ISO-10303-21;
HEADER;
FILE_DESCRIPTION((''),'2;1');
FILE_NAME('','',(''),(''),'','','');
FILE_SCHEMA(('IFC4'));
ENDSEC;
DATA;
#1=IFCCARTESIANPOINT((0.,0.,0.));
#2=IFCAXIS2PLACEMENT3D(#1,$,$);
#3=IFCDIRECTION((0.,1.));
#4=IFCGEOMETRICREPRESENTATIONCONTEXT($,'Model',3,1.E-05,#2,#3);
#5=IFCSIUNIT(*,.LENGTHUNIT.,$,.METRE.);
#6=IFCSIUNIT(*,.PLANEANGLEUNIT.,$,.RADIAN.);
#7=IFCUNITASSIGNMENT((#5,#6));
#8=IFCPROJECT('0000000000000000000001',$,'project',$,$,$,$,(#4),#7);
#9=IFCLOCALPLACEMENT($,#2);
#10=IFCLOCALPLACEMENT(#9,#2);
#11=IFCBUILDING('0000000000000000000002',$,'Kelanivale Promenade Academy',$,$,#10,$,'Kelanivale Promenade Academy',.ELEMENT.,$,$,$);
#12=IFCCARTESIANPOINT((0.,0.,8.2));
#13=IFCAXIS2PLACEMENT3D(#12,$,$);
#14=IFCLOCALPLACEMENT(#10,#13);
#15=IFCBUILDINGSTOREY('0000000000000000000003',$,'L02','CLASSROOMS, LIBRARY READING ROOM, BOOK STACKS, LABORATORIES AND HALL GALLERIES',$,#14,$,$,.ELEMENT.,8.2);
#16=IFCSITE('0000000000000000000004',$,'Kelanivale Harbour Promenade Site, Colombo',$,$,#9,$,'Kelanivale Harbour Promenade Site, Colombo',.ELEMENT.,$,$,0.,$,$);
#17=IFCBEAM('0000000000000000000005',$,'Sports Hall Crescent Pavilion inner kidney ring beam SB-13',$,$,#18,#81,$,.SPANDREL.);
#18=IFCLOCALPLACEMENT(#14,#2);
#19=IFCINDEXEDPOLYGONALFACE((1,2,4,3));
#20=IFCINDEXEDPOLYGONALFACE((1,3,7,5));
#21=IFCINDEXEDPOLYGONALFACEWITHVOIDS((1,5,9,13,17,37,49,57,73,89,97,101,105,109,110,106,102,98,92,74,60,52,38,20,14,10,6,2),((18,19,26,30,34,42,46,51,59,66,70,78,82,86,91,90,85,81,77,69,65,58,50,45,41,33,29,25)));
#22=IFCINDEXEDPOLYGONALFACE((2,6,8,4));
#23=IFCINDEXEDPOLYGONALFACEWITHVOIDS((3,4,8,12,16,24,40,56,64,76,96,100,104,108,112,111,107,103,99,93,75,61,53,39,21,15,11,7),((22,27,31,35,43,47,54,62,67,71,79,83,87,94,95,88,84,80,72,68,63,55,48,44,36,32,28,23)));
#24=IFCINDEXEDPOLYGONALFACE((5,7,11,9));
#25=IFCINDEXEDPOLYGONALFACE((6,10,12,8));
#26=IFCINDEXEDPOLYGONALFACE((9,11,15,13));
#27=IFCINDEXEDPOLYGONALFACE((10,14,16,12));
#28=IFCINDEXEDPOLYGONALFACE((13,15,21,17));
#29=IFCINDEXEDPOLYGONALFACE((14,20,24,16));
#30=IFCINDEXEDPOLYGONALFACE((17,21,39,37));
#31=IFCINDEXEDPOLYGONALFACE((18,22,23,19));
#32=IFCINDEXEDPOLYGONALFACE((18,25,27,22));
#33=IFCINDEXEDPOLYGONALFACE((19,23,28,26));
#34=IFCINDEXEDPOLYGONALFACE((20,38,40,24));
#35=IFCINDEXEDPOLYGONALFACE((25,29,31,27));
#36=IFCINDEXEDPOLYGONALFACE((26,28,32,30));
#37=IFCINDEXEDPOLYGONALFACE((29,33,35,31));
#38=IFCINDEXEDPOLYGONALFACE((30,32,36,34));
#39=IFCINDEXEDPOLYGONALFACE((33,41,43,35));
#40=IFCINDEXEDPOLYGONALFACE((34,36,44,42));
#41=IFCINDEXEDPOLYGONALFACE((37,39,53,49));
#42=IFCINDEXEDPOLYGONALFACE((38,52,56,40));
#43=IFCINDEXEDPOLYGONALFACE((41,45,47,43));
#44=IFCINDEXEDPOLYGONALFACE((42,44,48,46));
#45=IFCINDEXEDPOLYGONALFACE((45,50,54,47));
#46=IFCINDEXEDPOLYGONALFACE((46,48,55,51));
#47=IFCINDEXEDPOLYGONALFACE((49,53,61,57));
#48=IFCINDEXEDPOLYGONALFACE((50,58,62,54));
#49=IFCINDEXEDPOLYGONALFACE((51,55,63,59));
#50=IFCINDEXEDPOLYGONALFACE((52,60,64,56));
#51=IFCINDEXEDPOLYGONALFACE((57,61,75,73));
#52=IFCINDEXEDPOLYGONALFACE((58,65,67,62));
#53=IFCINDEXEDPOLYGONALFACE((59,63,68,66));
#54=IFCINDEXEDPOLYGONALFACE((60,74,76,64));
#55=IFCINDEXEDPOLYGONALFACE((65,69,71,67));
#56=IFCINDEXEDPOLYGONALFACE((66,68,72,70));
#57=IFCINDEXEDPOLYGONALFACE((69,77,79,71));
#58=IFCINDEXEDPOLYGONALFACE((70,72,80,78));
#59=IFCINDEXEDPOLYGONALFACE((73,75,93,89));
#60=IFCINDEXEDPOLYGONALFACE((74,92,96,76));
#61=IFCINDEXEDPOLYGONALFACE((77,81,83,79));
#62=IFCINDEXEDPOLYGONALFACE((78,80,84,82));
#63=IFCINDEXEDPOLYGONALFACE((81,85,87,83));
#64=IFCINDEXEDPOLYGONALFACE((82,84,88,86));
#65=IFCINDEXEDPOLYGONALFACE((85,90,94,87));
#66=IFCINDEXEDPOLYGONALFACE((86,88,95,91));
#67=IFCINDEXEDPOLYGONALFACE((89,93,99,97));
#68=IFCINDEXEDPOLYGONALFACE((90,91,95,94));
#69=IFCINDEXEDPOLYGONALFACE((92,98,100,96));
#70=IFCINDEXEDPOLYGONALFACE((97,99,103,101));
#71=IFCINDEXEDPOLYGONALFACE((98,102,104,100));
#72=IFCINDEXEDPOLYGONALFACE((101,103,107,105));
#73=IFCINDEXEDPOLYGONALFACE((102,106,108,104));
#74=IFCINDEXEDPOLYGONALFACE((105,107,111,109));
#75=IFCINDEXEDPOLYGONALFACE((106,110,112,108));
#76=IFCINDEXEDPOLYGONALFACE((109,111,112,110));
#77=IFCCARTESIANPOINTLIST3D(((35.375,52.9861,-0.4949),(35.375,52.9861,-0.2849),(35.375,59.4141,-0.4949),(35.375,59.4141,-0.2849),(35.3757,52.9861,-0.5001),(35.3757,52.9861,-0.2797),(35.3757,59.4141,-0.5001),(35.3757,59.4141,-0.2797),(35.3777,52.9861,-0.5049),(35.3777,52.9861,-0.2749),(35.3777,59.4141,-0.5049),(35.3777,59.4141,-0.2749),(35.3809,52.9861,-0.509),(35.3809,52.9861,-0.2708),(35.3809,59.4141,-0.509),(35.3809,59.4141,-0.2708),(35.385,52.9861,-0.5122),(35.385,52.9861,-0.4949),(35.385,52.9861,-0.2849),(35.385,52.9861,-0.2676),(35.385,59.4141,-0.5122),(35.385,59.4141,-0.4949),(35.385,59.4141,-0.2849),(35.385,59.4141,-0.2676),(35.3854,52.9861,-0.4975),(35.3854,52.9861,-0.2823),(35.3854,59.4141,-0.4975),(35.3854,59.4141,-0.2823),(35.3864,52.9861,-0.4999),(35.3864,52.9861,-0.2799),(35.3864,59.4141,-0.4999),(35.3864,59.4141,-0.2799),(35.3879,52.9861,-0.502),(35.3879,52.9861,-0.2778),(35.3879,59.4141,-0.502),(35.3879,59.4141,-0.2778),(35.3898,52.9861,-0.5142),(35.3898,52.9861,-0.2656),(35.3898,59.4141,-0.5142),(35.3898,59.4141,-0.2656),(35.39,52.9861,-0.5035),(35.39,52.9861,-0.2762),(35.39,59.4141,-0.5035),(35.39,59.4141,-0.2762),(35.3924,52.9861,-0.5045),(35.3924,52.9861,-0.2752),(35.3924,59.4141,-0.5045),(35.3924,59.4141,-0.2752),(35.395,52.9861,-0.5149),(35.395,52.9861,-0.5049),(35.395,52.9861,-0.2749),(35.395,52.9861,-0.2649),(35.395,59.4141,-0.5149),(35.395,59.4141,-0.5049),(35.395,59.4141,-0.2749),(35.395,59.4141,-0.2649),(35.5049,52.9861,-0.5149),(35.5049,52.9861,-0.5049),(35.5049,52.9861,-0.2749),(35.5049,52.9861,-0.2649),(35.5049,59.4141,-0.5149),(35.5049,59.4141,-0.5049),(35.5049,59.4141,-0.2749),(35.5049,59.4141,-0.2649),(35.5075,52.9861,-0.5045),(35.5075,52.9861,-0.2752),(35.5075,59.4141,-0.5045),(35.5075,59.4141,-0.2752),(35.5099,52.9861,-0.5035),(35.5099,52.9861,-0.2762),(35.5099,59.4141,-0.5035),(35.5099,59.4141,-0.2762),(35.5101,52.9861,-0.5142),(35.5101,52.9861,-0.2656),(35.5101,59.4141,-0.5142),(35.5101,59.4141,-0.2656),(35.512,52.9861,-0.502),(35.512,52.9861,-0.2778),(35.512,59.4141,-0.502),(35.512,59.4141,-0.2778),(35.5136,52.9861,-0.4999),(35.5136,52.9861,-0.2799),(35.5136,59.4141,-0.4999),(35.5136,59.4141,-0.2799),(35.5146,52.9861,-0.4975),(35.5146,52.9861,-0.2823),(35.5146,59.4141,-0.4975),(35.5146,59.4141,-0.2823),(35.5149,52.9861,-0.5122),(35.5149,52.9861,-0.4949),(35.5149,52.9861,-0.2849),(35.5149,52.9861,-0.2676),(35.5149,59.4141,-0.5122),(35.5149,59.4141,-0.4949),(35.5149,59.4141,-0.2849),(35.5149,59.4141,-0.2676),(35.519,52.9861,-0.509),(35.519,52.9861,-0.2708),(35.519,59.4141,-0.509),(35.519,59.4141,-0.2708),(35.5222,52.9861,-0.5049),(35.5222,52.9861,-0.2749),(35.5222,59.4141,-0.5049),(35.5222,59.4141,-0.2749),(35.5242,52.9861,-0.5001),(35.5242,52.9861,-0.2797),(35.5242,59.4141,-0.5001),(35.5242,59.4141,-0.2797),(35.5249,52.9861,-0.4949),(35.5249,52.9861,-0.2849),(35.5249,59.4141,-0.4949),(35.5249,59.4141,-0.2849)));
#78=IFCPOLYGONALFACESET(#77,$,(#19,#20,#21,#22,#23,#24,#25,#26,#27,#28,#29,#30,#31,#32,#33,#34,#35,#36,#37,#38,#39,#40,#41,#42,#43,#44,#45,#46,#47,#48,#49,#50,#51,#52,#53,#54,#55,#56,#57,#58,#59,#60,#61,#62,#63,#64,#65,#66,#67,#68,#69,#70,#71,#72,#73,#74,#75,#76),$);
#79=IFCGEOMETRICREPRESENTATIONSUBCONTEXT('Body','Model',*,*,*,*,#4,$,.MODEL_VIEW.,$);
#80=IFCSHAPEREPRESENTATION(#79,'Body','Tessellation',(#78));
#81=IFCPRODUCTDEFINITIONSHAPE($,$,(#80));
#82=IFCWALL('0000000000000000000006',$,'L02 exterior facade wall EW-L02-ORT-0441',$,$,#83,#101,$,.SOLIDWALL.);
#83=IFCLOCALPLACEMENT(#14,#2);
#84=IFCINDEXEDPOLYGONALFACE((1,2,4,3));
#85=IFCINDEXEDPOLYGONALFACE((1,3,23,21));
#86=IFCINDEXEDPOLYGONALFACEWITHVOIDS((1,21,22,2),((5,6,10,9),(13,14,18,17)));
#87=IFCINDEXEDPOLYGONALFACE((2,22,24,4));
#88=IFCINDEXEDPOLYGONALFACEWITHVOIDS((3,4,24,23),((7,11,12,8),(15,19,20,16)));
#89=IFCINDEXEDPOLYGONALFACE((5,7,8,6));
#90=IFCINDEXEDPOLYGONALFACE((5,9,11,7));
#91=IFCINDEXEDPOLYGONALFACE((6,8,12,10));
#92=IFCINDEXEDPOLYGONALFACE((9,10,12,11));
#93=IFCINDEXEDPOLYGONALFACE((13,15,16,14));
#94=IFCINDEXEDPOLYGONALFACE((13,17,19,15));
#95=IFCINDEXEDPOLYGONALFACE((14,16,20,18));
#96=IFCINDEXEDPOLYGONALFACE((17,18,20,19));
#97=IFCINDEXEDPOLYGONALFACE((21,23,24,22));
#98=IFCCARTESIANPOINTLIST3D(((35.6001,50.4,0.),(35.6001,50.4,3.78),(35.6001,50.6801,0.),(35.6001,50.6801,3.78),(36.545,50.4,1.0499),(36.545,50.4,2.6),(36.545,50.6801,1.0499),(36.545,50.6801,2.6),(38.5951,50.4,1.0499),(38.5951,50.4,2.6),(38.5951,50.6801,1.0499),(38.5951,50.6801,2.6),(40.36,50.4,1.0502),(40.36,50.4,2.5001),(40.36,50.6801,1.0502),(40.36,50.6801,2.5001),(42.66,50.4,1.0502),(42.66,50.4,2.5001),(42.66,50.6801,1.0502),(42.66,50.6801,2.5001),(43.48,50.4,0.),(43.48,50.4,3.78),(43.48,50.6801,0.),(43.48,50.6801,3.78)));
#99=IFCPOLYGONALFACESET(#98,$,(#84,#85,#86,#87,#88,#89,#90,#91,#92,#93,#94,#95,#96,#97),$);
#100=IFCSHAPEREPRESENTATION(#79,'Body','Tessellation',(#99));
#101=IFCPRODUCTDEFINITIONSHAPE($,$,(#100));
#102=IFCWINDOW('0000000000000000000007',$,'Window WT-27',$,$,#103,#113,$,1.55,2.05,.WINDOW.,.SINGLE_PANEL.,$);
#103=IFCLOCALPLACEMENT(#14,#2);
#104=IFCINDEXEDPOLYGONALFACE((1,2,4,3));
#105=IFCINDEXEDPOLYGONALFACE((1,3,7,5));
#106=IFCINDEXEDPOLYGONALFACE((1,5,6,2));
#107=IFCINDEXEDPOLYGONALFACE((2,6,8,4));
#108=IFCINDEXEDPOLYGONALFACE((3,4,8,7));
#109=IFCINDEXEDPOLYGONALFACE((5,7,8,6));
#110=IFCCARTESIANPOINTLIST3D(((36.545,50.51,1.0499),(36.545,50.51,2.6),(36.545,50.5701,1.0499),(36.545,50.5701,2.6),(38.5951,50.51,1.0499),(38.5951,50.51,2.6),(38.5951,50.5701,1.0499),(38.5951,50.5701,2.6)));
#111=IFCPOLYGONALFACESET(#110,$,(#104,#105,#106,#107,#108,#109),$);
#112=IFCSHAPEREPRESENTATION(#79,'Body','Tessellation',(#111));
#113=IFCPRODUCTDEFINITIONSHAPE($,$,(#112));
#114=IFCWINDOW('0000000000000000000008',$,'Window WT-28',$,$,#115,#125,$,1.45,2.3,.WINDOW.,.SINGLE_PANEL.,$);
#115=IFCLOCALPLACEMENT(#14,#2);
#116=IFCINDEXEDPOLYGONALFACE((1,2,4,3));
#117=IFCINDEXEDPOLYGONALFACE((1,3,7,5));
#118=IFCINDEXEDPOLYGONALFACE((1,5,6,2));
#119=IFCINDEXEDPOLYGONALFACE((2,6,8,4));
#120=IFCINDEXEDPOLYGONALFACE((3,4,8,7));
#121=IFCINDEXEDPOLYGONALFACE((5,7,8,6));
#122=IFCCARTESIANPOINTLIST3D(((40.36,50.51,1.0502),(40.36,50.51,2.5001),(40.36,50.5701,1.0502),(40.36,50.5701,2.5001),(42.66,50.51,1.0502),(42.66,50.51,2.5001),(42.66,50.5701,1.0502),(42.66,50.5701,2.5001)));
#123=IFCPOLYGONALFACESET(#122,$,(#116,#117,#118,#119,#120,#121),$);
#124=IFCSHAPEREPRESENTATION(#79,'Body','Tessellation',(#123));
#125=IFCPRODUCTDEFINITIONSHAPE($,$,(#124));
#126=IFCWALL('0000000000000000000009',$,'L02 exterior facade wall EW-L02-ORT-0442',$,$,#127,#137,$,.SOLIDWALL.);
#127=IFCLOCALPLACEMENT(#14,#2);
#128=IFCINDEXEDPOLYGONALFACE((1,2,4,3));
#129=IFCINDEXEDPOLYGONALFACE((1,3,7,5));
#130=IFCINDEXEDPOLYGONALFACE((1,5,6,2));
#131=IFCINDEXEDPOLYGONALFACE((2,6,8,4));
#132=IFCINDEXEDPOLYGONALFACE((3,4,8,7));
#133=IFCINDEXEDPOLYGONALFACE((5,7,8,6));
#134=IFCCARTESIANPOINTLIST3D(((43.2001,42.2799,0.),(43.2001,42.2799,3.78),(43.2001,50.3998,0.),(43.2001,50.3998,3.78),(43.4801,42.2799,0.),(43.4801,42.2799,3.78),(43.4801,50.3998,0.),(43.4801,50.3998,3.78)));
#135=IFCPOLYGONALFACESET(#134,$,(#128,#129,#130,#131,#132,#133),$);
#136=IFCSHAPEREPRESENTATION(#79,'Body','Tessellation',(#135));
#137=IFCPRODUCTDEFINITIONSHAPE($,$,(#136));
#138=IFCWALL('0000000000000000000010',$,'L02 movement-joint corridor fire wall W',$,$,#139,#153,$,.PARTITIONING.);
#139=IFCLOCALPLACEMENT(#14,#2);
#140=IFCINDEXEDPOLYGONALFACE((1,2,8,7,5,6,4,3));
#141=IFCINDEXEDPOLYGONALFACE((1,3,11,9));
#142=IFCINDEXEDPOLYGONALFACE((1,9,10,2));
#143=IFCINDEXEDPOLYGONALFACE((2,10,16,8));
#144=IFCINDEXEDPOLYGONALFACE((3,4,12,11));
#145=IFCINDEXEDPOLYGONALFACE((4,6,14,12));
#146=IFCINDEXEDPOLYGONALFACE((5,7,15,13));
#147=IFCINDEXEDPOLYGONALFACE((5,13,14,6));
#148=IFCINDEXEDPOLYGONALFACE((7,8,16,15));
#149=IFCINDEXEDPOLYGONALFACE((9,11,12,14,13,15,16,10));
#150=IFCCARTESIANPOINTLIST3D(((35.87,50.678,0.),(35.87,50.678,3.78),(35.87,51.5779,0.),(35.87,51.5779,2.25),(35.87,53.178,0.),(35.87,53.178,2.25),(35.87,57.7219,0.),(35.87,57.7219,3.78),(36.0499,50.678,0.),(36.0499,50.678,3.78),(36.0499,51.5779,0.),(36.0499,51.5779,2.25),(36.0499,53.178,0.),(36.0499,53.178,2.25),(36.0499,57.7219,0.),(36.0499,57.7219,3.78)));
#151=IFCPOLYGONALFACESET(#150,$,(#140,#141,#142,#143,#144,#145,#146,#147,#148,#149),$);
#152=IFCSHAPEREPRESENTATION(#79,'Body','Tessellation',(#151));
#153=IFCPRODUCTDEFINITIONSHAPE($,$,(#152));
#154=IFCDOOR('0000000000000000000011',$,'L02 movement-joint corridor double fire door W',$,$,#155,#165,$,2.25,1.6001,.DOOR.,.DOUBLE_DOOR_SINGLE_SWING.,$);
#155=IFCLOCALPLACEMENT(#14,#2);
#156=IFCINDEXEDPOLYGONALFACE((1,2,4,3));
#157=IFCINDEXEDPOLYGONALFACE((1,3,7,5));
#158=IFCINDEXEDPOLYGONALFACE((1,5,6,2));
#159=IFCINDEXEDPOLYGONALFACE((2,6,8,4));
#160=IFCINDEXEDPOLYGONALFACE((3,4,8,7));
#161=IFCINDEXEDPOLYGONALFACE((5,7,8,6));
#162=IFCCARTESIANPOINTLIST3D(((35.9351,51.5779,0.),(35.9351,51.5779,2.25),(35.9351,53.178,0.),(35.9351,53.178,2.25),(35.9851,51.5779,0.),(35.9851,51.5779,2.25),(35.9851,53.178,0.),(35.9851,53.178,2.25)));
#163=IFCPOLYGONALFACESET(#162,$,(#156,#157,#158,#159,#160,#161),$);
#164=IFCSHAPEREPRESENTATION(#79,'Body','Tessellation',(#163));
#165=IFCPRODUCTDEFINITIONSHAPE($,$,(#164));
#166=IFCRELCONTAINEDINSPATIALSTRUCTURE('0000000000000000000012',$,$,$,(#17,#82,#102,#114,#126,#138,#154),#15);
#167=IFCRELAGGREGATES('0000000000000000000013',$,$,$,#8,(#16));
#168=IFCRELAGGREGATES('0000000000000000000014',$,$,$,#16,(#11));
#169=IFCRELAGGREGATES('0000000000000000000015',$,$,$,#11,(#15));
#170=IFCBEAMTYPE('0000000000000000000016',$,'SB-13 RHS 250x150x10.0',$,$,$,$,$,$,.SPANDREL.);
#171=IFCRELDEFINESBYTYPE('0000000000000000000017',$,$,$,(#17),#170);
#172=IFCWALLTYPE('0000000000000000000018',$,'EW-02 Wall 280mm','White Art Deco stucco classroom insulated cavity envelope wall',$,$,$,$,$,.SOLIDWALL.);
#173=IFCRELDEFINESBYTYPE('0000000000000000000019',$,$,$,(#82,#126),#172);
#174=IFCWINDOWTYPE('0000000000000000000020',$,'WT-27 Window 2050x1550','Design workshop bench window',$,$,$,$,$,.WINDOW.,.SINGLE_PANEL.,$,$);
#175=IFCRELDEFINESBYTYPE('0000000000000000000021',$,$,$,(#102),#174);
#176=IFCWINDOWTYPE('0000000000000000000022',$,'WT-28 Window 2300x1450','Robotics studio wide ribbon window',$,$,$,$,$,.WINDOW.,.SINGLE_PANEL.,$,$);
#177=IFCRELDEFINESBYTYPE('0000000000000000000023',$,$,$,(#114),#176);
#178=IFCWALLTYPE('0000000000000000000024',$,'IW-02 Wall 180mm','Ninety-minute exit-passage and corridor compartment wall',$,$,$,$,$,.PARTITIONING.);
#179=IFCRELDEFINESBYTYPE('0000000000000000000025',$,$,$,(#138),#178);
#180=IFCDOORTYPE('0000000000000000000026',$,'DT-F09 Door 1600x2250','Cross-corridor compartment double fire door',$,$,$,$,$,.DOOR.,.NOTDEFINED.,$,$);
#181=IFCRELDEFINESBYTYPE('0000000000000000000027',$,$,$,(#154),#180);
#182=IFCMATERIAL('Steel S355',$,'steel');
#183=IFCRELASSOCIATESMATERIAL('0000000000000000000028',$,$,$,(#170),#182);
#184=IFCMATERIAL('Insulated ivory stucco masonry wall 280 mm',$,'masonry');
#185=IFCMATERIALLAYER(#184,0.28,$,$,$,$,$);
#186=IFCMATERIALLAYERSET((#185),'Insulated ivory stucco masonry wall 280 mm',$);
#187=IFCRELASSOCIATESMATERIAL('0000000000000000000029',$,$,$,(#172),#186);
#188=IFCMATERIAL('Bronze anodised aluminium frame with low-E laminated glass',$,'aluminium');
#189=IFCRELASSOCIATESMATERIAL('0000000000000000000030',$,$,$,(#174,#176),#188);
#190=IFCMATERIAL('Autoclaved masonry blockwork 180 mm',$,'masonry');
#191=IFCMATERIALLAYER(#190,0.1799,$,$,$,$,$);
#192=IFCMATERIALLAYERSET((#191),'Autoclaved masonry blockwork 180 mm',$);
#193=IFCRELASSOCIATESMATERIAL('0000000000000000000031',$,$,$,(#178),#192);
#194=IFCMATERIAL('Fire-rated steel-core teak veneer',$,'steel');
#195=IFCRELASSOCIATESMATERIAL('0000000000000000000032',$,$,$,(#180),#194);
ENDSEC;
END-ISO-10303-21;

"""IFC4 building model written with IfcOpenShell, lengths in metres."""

from ifc_helpers import new_model, si_unit, direction, frame, frame_2d, origin, origin_2d, place, context, subcontext, project, spatial, rectangle, hollow_rectangle, extrude, material, layer, layer_set, material_profile, profile_set, type_object, element, fill, save


model = new_model("IFC4")

# Units and contexts
model_context = context("Model", 3, precision=1e-05, world=origin(), true_north=direction((0.0, 1.0)))
body_context = subcontext(model_context, "Body", "Model", "MODEL_VIEW")
ifc_project = project(units=[si_unit("LENGTHUNIT", "METRE"), si_unit("PLANEANGLEUNIT", "RADIAN")], contexts=[model_context])

# Site, building, storey
site_placement = place(None, origin())
site = spatial("IfcSite", under=ifc_project, at=site_placement, Name="Kelanivale Harbour Promenade Site, Colombo", LongName="Kelanivale Harbour Promenade Site, Colombo", CompositionType="ELEMENT", RefElevation=0.0)
building_placement = place(site_placement, origin())
building = spatial("IfcBuilding", under=site, at=building_placement, Name="Kelanivale Promenade Academy", LongName="Kelanivale Promenade Academy", CompositionType="ELEMENT")
storey_placement = place(building_placement, frame((0.0, 0.0, 8.2)))
storey = spatial("IfcBuildingStorey", under=building, at=storey_placement, Name="L02", Description="CLASSROOMS, LIBRARY READING ROOM, BOOK STACKS, LABORATORIES AND HALL GALLERIES", CompositionType="ELEMENT", Elevation=8.2)

# Shared definitions
ifc_material_1 = material(Name="Steel S355", Category="steel")

# Beam
ifc_material_profile_1 = material_profile(ifc_material_1, hollow_rectangle(XDim=0.1499, YDim=0.25, WallThickness=0.01, InnerFilletRadius=0.01, OuterFilletRadius=0.02, at=origin_2d()), Name="RHS 250x150x10.0")
ifc_profile_set_1 = profile_set([ifc_material_profile_1], Name="Steel S355")
beam_type_1 = type_object("IfcBeamType", Name="SB-13 RHS 250x150x10.0", PredefinedType="SPANDREL", material=ifc_profile_set_1)
beam_1_placement = place(storey_placement, frame((35.45, 52.9861, -0.3899), z_axis=(0.0, 1.0, 0.0), x_axis=(-1.0, 0.0, 0.0)))
element("IfcBeam", 1, at=beam_1_placement, inside=storey, type_object=beam_type_1, Name="Sports Hall Crescent Pavilion inner kidney ring beam SB-13", PredefinedType="SPANDREL", context=body_context, shape_type="SweptSolid", body=[
    extrude(hollow_rectangle(XDim=0.1499, YDim=0.25, WallThickness=0.01, InnerFilletRadius=0.01, OuterFilletRadius=0.02, at=origin_2d()), origin(), (0.0, 0.0, 1.0), 6.428),
])

# Shared definitions
ifc_material_2 = material(Name="Fire-rated steel-core teak veneer", Category="steel")

# Wall, openings, windows
ifc_material_3 = material(Name="Insulated ivory stucco masonry wall 280 mm", Category="masonry")
ifc_layer_1 = layer(ifc_material_3, 0.28)
ifc_layer_set_1 = layer_set([ifc_layer_1], Name="Insulated ivory stucco masonry wall 280 mm")
wall_type_1 = type_object("IfcWallType", Name="EW-02 Wall 280mm", Description="White Art Deco stucco classroom insulated cavity envelope wall", PredefinedType="SOLIDWALL", material=ifc_layer_set_1)
wall_1_placement = place(storey_placement, frame((35.6001, 50.54, 0.0), z_axis=(0.0, 0.0, 1.0), x_axis=(1.0, 0.0, 0.0)))
wall_1 = element("IfcWall", 2, at=wall_1_placement, inside=storey, type_object=wall_type_1, Name="L02 exterior facade wall EW-L02-ORT-0441", PredefinedType="SOLIDWALL", context=body_context, shape_type="SweptSolid", body=[
    extrude(rectangle(XDim=7.8799, YDim=0.28, at=frame_2d((3.9399, 0.0))), origin(), (0.0, 0.0, 1.0), 3.78),
])
opening_1_placement = place(wall_1_placement, frame((0.9451, 0.0, 1.05)))
opening_1 = element("IfcOpeningElement", 3, at=opening_1_placement, cuts=wall_1, PredefinedType="OPENING", context=body_context, shape_type="SweptSolid", body=[
    extrude(rectangle(XDim=2.05, YDim=1.55, at=frame_2d((1.0249, 0.7749))), frame((0.0, 0.1499, 0.0), z_axis=(0.0, -1.0, 0.0), x_axis=(1.0, 0.0, 0.0)), (0.0, 0.0, 1.0), 0.3),
])
opening_2_placement = place(wall_1_placement, frame((4.76, 0.0, 1.05)))
opening_2 = element("IfcOpeningElement", 4, at=opening_2_placement, cuts=wall_1, PredefinedType="OPENING", context=body_context, shape_type="SweptSolid", body=[
    extrude(rectangle(XDim=2.3, YDim=1.45, at=frame_2d((1.1499, 0.7251))), frame((0.0, 0.1499, 0.0), z_axis=(0.0, -1.0, 0.0), x_axis=(1.0, 0.0, 0.0)), (0.0, 0.0, 1.0), 0.3),
])
ifc_material_4 = material(Name="Bronze anodised aluminium frame with low-E laminated glass", Category="aluminium")
window_type_1 = type_object("IfcWindowType", Name="WT-27 Window 2050x1550", Description="Design workshop bench window", PartitioningType="SINGLE_PANEL", PredefinedType="WINDOW", material=ifc_material_4)
window_1_placement = place(opening_1_placement, origin())
window_1 = element("IfcWindow", 5, at=window_1_placement, inside=storey, type_object=window_type_1, Name="Window WT-27", OverallHeight=1.55, OverallWidth=2.05, PartitioningType="SINGLE_PANEL", PredefinedType="WINDOW", context=body_context, shape_type="SweptSolid", body=[
    extrude(rectangle(XDim=2.05, YDim=1.55, at=frame_2d((1.0249, 0.7749))), frame((0.0, 0.03, 0.0), z_axis=(0.0, -1.0, 0.0), x_axis=(1.0, 0.0, 0.0)), (0.0, 0.0, 1.0), 0.0601),
])
fill(opening_1, window_1)
window_type_2 = type_object("IfcWindowType", Name="WT-28 Window 2300x1450", Description="Robotics studio wide ribbon window", PartitioningType="SINGLE_PANEL", PredefinedType="WINDOW", material=ifc_material_4)
window_2_placement = place(opening_2_placement, origin())
window_2 = element("IfcWindow", 6, at=window_2_placement, inside=storey, type_object=window_type_2, Name="Window WT-28", OverallHeight=1.45, OverallWidth=2.3, PartitioningType="SINGLE_PANEL", PredefinedType="WINDOW", context=body_context, shape_type="SweptSolid", body=[
    extrude(rectangle(XDim=2.3, YDim=1.45, at=frame_2d((1.1499, 0.7251))), frame((0.0, 0.03, 0.0), z_axis=(0.0, -1.0, 0.0), x_axis=(1.0, 0.0, 0.0)), (0.0, 0.0, 1.0), 0.0601),
])
fill(opening_2, window_2)

# Wall
wall_2_placement = place(storey_placement, frame((43.3401, 50.3999, 0.0), z_axis=(0.0, 0.0, 1.0), x_axis=(0.0, -1.0, 0.0)))
element("IfcWall", 7, at=wall_2_placement, inside=storey, type_object=wall_type_1, Name="L02 exterior facade wall EW-L02-ORT-0442", PredefinedType="SOLIDWALL", context=body_context, shape_type="SweptSolid", body=[
    extrude(rectangle(XDim=8.1199, YDim=0.28, at=frame_2d((4.0601, 0.0))), origin(), (0.0, 0.0, 1.0), 3.78),
])

# Wall, opening, door
ifc_material_5 = material(Name="Autoclaved masonry blockwork 180 mm", Category="masonry")
ifc_layer_2 = layer(ifc_material_5, 0.1799)
ifc_layer_set_2 = layer_set([ifc_layer_2], Name="Autoclaved masonry blockwork 180 mm")
wall_type_2 = type_object("IfcWallType", Name="IW-02 Wall 180mm", Description="Ninety-minute exit-passage and corridor compartment wall", PredefinedType="PARTITIONING", material=ifc_layer_set_2)
wall_3_placement = place(storey_placement, frame((35.96, 50.678, 0.0), z_axis=(0.0, 0.0, 1.0), x_axis=(0.0, 1.0, 0.0)))
wall_3 = element("IfcWall", 8, at=wall_3_placement, inside=storey, type_object=wall_type_2, Name="L02 movement-joint corridor fire wall W", PredefinedType="PARTITIONING", context=body_context, shape_type="SweptSolid", body=[
    extrude(rectangle(XDim=7.0439, YDim=0.1799, at=frame_2d((3.522, 0.0))), origin(), (0.0, 0.0, 1.0), 3.78),
])
opening_3_placement = place(wall_3_placement, frame((0.8999, 0.0, 0.0)))
opening_3 = element("IfcOpeningElement", 9, at=opening_3_placement, cuts=wall_3, PredefinedType="OPENING", context=body_context, shape_type="SweptSolid", body=[
    extrude(rectangle(XDim=1.6001, YDim=2.25, at=frame_2d((0.8, 1.125))), frame((0.0, 0.1001, 0.0), z_axis=(0.0, -1.0, 0.0), x_axis=(1.0, 0.0, 0.0)), (0.0, 0.0, 1.0), 0.2),
])
door_type_1 = type_object("IfcDoorType", Name="DT-F09 Door 1600x2250", Description="Cross-corridor compartment double fire door", OperationType="NOTDEFINED", PredefinedType="DOOR", material=ifc_material_2)
door_1_placement = place(opening_3_placement, origin())
door_1 = element("IfcDoor", 10, at=door_1_placement, inside=storey, type_object=door_type_1, Name="L02 movement-joint corridor double fire door W", OperationType="DOUBLE_DOOR_SINGLE_SWING", OverallHeight=2.25, OverallWidth=1.6001, PredefinedType="DOOR", context=body_context, shape_type="SweptSolid", body=[
    extrude(rectangle(XDim=1.6001, YDim=2.25, at=frame_2d((0.8, 1.125))), frame((0.0, 0.0249, 0.0), z_axis=(0.0, -1.0, 0.0), x_axis=(1.0, 0.0, 0.0)), (0.0, 0.0, 1.0), 0.05),
])
fill(opening_3, door_1)

save(model, "model.ifc")
